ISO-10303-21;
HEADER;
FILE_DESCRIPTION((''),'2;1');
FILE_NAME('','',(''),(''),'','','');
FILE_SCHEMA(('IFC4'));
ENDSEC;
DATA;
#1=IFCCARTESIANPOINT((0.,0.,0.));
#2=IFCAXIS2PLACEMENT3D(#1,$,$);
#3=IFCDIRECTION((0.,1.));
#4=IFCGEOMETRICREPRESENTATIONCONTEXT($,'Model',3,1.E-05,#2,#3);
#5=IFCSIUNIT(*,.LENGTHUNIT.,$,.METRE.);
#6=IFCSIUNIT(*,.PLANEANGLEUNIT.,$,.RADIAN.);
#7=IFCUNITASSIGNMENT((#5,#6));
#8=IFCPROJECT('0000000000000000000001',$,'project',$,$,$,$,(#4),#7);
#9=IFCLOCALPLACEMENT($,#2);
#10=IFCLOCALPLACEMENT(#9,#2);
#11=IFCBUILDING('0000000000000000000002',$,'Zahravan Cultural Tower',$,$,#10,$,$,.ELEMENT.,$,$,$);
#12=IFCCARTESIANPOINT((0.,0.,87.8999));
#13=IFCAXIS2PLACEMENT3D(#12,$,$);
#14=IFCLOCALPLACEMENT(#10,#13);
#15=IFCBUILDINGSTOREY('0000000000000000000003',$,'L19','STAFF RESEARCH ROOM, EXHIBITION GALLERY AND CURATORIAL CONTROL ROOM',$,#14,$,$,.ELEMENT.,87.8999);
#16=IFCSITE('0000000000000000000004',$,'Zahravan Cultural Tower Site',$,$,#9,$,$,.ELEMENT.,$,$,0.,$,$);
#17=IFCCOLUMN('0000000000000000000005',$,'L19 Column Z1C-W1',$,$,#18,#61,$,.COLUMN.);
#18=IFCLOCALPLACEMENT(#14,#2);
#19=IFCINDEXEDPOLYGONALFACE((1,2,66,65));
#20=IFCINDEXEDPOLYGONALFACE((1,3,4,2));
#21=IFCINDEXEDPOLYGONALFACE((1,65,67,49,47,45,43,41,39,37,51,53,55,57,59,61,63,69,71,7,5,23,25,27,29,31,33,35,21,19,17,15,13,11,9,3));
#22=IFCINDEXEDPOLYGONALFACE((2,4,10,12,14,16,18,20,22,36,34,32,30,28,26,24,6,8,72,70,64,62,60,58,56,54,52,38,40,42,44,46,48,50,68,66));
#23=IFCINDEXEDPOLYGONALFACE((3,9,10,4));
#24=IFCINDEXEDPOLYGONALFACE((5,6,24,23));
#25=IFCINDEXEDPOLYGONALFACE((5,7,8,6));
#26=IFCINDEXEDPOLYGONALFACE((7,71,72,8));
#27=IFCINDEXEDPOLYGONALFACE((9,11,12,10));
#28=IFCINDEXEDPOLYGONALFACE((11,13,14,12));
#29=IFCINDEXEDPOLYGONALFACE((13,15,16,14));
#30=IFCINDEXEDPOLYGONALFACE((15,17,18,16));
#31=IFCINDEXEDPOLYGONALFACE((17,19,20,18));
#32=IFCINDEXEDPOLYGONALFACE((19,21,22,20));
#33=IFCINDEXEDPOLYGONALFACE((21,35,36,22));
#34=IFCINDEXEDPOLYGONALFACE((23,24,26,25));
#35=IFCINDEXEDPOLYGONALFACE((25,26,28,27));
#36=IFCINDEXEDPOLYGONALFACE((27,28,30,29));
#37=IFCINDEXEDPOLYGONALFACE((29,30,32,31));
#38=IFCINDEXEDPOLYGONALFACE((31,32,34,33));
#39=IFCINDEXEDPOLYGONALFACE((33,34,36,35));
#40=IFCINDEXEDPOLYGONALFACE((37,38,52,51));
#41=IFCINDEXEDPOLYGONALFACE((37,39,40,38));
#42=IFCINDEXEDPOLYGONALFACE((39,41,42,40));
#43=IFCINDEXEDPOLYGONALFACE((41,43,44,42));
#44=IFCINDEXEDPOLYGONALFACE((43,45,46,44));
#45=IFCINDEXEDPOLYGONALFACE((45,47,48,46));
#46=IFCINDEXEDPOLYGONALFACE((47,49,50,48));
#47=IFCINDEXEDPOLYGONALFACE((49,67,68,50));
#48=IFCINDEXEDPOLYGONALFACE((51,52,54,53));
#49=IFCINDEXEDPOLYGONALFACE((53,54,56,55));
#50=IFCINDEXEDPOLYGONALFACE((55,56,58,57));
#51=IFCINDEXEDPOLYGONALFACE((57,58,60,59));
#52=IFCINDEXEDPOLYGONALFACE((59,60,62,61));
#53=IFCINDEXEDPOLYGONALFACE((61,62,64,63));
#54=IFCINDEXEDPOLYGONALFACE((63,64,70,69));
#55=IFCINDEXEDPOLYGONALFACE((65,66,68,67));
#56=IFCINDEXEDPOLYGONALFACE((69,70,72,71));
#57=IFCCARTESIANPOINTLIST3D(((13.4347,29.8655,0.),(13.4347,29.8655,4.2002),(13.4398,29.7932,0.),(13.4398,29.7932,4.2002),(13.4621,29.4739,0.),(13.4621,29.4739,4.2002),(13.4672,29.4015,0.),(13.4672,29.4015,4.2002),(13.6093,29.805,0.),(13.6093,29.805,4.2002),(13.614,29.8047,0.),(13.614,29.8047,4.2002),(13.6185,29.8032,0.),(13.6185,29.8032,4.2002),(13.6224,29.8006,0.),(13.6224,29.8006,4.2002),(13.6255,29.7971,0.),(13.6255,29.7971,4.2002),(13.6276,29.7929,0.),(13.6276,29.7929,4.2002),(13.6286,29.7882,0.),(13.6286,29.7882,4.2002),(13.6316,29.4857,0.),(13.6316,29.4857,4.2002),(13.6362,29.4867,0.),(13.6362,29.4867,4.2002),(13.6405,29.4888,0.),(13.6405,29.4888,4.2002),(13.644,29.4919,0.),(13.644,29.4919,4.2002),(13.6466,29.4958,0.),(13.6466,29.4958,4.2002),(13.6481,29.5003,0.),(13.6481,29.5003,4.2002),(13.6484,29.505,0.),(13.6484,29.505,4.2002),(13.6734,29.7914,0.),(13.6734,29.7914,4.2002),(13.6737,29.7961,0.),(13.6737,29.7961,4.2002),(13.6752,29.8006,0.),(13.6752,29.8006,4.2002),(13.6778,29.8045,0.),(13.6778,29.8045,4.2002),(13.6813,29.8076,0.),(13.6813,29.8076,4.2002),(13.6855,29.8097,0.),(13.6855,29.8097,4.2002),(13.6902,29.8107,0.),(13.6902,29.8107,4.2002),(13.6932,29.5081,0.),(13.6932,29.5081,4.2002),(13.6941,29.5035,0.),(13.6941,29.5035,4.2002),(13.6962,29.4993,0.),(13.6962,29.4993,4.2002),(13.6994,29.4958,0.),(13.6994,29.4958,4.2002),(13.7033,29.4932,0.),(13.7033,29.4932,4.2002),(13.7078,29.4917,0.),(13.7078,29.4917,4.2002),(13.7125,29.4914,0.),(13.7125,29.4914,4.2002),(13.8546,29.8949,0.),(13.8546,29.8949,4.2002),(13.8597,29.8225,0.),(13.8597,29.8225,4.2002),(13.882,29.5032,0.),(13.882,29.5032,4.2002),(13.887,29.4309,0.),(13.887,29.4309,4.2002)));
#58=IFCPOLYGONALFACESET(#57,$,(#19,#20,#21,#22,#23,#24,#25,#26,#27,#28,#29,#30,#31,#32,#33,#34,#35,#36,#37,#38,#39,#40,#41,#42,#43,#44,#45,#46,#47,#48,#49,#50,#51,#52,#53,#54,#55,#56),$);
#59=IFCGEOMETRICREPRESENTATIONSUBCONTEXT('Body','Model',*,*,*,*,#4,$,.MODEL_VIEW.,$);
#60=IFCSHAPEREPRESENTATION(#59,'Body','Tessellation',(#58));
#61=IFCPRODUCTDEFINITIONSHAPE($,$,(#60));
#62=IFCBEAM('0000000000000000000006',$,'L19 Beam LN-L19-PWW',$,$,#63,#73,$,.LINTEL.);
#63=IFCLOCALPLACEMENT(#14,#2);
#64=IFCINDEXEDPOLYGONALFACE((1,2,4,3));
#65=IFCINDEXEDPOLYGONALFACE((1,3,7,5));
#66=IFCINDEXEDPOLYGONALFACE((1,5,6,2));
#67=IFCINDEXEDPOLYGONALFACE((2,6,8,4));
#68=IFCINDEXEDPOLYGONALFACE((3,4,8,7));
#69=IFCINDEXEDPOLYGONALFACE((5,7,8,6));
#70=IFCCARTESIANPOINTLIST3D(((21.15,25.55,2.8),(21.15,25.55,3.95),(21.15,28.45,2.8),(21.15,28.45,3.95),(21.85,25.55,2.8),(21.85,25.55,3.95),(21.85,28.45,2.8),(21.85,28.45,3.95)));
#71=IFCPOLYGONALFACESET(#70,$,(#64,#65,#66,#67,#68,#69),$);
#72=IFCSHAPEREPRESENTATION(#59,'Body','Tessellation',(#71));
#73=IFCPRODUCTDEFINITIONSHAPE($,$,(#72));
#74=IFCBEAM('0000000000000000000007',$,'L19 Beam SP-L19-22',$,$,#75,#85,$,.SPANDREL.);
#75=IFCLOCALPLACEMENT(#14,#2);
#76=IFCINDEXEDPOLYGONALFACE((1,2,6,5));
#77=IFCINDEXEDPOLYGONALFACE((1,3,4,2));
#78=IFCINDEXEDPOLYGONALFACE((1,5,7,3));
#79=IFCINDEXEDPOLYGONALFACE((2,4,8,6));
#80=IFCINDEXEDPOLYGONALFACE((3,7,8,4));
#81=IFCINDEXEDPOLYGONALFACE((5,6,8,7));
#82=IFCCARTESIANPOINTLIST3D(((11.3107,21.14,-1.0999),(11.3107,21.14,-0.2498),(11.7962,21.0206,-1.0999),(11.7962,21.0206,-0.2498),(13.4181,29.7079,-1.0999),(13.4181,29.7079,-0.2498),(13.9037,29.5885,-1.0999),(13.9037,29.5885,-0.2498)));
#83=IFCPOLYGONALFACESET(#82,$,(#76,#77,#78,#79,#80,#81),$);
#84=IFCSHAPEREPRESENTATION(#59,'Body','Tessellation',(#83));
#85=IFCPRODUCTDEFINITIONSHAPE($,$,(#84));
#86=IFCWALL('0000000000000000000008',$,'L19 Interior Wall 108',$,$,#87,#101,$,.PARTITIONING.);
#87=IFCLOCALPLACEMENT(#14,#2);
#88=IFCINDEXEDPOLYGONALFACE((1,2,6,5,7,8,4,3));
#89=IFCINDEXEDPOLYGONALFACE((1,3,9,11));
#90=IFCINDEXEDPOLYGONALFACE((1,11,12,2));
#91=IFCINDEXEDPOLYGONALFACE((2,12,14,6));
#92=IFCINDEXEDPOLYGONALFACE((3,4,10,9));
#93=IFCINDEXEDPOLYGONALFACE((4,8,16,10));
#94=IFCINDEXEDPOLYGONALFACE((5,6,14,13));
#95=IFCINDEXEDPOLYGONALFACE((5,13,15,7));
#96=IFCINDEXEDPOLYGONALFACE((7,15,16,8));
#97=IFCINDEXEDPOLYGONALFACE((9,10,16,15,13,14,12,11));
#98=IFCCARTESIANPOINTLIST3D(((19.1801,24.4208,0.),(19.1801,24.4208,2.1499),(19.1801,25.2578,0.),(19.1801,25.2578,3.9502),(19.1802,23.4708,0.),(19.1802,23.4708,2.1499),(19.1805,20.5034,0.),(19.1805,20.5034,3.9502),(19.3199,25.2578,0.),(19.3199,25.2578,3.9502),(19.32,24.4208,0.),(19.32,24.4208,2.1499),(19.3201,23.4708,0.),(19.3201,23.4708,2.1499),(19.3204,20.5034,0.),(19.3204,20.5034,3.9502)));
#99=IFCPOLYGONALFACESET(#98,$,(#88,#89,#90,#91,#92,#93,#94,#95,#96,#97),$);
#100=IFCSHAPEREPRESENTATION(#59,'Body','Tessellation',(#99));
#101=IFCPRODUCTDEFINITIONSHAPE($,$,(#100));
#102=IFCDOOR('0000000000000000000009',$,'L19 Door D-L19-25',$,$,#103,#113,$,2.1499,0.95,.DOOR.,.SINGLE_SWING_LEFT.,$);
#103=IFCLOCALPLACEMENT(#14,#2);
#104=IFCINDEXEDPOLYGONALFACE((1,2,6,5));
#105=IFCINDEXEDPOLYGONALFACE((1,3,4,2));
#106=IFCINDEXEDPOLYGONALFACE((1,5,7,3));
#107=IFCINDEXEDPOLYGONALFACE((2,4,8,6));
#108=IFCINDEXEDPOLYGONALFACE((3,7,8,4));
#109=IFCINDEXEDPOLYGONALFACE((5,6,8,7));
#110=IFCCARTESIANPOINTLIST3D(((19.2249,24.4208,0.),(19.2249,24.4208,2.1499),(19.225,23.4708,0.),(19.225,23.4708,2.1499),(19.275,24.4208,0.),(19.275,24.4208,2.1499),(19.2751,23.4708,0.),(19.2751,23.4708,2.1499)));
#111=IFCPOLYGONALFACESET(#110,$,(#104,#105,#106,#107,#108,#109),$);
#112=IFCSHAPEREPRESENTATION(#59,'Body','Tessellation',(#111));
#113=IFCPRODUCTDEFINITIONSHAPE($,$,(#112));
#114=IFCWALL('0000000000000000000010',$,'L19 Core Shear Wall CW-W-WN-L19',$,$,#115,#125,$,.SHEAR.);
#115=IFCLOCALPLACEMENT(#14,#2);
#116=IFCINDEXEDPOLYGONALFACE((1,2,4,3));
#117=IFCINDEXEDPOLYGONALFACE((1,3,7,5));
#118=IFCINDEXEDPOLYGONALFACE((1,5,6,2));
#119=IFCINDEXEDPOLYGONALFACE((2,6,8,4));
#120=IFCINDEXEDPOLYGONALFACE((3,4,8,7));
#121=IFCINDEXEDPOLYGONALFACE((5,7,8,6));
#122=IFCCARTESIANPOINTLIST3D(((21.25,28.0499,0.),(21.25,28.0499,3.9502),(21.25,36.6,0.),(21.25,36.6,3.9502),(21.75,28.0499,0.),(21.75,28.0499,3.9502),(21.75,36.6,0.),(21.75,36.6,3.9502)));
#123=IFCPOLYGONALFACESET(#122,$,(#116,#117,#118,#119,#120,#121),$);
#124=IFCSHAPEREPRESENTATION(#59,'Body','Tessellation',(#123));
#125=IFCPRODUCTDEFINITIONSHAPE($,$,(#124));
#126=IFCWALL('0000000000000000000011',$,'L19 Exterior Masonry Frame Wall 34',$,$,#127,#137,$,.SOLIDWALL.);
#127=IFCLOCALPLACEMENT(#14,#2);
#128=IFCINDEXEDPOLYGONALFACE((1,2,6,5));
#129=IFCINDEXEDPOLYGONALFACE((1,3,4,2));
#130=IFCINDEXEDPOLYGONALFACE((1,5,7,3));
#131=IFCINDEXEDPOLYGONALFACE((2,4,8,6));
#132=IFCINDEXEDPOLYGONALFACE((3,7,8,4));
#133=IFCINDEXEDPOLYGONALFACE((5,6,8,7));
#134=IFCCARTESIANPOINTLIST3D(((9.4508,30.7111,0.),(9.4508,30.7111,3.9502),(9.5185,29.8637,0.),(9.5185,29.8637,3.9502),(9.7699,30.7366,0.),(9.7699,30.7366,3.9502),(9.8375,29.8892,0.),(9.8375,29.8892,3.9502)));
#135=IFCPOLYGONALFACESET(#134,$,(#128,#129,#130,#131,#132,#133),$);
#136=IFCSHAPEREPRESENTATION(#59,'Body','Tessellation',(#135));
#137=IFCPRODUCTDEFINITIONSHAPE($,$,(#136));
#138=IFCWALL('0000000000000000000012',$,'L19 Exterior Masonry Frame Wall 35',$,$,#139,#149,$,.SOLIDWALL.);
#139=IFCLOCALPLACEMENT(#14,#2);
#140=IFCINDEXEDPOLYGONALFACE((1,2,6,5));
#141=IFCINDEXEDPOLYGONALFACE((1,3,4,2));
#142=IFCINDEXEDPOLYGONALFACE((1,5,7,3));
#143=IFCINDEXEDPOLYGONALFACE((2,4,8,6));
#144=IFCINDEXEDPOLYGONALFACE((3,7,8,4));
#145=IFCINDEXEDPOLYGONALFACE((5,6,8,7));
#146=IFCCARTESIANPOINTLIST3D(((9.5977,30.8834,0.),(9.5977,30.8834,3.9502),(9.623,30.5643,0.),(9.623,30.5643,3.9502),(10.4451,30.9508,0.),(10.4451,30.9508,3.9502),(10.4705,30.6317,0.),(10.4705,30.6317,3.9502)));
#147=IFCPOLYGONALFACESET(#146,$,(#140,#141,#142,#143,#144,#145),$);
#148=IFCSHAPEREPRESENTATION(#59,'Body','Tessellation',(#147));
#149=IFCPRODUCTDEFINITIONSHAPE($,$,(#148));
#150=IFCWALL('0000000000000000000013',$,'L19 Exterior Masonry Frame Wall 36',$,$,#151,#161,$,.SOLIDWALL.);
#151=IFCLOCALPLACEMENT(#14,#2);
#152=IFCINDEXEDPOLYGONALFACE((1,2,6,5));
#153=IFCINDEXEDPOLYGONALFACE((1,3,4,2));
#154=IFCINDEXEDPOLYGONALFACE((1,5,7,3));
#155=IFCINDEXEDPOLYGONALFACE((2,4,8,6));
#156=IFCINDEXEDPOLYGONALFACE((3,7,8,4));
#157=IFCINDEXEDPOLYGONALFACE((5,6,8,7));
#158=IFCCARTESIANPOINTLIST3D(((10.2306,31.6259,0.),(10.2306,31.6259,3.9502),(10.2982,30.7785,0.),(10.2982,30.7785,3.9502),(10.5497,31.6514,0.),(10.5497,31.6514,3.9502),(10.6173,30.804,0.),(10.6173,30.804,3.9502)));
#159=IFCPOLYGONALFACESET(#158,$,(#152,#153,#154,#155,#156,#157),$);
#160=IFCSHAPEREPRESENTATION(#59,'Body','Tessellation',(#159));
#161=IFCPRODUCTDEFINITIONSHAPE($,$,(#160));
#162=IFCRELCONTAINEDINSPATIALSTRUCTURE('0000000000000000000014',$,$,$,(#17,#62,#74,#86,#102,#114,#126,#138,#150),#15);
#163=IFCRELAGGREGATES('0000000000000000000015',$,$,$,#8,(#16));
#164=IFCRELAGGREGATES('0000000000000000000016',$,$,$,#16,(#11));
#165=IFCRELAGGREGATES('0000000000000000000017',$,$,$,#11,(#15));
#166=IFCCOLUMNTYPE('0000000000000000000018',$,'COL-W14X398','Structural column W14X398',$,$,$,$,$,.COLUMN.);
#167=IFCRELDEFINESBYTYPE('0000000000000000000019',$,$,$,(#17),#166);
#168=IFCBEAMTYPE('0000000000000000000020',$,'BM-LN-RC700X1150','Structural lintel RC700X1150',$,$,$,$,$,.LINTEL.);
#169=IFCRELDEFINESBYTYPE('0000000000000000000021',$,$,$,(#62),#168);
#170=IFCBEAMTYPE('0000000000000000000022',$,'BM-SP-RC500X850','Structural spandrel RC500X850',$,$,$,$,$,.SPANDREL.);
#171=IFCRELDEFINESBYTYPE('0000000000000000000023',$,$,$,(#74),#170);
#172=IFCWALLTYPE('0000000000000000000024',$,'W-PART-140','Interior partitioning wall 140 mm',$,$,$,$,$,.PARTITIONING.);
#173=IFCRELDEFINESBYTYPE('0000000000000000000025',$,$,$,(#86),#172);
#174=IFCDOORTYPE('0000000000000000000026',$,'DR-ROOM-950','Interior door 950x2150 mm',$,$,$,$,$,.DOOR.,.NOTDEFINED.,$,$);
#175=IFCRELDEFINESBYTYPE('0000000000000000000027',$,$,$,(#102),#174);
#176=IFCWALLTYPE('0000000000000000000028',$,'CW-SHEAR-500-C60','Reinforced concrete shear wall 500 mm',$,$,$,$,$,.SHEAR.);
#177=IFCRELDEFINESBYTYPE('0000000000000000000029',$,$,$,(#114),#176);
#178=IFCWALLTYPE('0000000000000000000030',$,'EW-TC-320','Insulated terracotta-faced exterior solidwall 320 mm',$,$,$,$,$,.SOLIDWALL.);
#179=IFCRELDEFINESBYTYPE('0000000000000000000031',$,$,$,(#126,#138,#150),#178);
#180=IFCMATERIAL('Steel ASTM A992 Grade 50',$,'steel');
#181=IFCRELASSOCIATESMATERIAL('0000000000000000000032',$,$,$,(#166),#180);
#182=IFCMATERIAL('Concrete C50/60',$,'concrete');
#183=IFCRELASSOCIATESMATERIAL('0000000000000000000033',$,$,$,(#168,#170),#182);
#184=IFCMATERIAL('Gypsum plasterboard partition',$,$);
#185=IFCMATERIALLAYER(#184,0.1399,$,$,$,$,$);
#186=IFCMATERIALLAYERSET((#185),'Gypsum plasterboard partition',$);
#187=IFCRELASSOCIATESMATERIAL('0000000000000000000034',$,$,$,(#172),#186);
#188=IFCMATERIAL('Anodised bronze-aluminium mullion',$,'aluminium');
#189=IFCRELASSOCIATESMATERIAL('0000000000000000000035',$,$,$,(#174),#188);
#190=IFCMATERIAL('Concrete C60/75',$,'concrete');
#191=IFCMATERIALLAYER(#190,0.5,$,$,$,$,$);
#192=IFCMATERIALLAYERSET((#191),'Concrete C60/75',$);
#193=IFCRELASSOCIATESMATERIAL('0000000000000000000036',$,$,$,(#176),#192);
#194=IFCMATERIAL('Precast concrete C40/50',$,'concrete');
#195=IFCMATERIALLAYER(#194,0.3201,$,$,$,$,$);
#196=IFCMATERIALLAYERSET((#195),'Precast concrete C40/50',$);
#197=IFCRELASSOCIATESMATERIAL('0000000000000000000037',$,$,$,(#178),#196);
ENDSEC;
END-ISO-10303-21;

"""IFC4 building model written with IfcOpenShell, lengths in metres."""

from ifc_helpers import new_model, si_unit, direction, frame, frame_2d, origin, origin_2d, place, context, subcontext, project, spatial, rectangle, i_section, extrude, source, transform, mapped, material, layer, layer_set, material_profile, profile_set, type_object, element, fill, save


model = new_model("IFC4")

# Units and contexts
model_context = context("Model", 3, precision=1e-05, world=origin(), true_north=direction((0.0, 1.0)))
body_context = subcontext(model_context, "Body", "Model", "MODEL_VIEW")
ifc_project = project(units=[si_unit("LENGTHUNIT", "METRE"), si_unit("PLANEANGLEUNIT", "RADIAN")], contexts=[model_context])

# Site, building, storey
site_placement = place(None, origin())
site = spatial("IfcSite", under=ifc_project, at=site_placement, Name="Zahravan Cultural Tower Site", CompositionType="ELEMENT", RefElevation=0.0)
building_placement = place(site_placement, origin())
building = spatial("IfcBuilding", under=site, at=building_placement, Name="Zahravan Cultural Tower", CompositionType="ELEMENT")
storey_placement = place(building_placement, frame((0.0, 0.0, 87.8999)))
storey = spatial("IfcBuildingStorey", under=building, at=storey_placement, Name="L19", Description="STAFF RESEARCH ROOM, EXHIBITION GALLERY AND CURATORIAL CONTROL ROOM", CompositionType="ELEMENT", Elevation=87.8999)

# Column
ifc_material_1 = material(Name="Steel ASTM A992 Grade 50", Category="steel")
ifc_material_profile_1 = material_profile(ifc_material_1, i_section(OverallWidth=0.4209, OverallDepth=0.4651, WebThickness=0.0449, FlangeThickness=0.0725, FilletRadius=0.0181, at=origin_2d()), Name="W14X398")
ifc_profile_set_1 = profile_set([ifc_material_profile_1], Name="Steel ASTM A992 Grade 50")
column_type = type_object("IfcColumnType", Name="COL-W14X398", Description="Structural column W14X398", PredefinedType="COLUMN", material=ifc_profile_set_1)
shared_shape_1 = source(origin(), body_context, "Body", "SweptSolid", [
    extrude(i_section(OverallWidth=0.4209, OverallDepth=0.4651, WebThickness=0.0449, FlangeThickness=0.0725, FilletRadius=0.0181, at=origin_2d()), origin(), (0.0, 0.0, 1.0), 4.2002),
])
column_placement = place(storey_placement, frame((13.6609, 29.6482, 0.0), z_axis=(0.0, 0.0, 1.0), x_axis=(0.997564, 0.069756, 0.0)))
element("IfcColumn", 1, at=column_placement, inside=storey, type_object=column_type, Name="L19 Column Z1C-W1", PredefinedType="COLUMN", context=body_context, shape_type="MappedRepresentation", body=[
    mapped(shared_shape_1, transform((0.0, 0.0, 0.0), x_axis=(1.0, 0.0, 0.0), y_axis=(0.0, 1.0, 0.0), z_axis=(0.0, 0.0, 1.0), scale=1.0)),
])

# Beams
ifc_material_2 = material(Name="Concrete C50/60", Category="concrete")
ifc_material_profile_2 = material_profile(ifc_material_2, rectangle(XDim=0.7, YDim=1.1499, at=origin_2d()), Name="RC700X1150")
ifc_profile_set_2 = profile_set([ifc_material_profile_2], Name="Concrete C50/60")
beam_type_1 = type_object("IfcBeamType", Name="BM-LN-RC700X1150", Description="Structural lintel RC700X1150", PredefinedType="LINTEL", material=ifc_profile_set_2)
shared_shape_2 = source(origin(), body_context, "Body", "SweptSolid", [
    extrude(rectangle(XDim=0.7, YDim=1.1499, at=origin_2d()), origin(), (0.0, 0.0, 1.0), 2.8999),
])
beam_1_placement = place(storey_placement, frame((21.5, 25.55, 3.375), z_axis=(0.0, 1.0, 0.0), x_axis=(-1.0, 0.0, 0.0)))
element("IfcBeam", 2, at=beam_1_placement, inside=storey, type_object=beam_type_1, Name="L19 Beam LN-L19-PWW", PredefinedType="LINTEL", context=body_context, shape_type="MappedRepresentation", body=[
    mapped(shared_shape_2, transform((0.0, 0.0, 0.0), x_axis=(1.0, 0.0, 0.0), y_axis=(0.0, 1.0, 0.0), z_axis=(0.0, 0.0, 1.0), scale=1.0)),
])
ifc_material_profile_3 = material_profile(ifc_material_2, rectangle(XDim=0.5, YDim=0.8501, at=origin_2d()), Name="RC500X850")
ifc_profile_set_3 = profile_set([ifc_material_profile_3], Name="Concrete C50/60")
beam_type_2 = type_object("IfcBeamType", Name="BM-SP-RC500X850", Description="Structural spandrel RC500X850", PredefinedType="SPANDREL", material=ifc_profile_set_3)
shared_shape_3 = source(origin(), body_context, "Body", "SweptSolid", [
    extrude(rectangle(XDim=0.5, YDim=0.8501, at=origin_2d()), origin(), (0.0, 0.0, 1.0), 8.8232),
])
beam_2_placement = place(storey_placement, frame((13.6609, 29.6482, -0.6748), z_axis=(-0.238849, -0.971057, 0.0), x_axis=(0.971057, -0.238849, 0.0)))
element("IfcBeam", 3, at=beam_2_placement, inside=storey, type_object=beam_type_2, Name="L19 Beam SP-L19-22", PredefinedType="SPANDREL", context=body_context, shape_type="MappedRepresentation", body=[
    mapped(shared_shape_3, transform((0.0, 0.0, 0.0), x_axis=(1.0, 0.0, 0.0), y_axis=(0.0, 1.0, 0.0), z_axis=(0.0, 0.0, 1.0), scale=1.0)),
])

# Wall, opening, door
ifc_material_3 = material(Name="Gypsum plasterboard partition")
ifc_layer_1 = layer(ifc_material_3, 0.1399)
ifc_layer_set_1 = layer_set([ifc_layer_1], Name="Gypsum plasterboard partition")
wall_type_1 = type_object("IfcWallType", Name="W-PART-140", Description="Interior partitioning wall 140 mm", PredefinedType="PARTITIONING", material=ifc_layer_set_1)
wall_1_placement = place(storey_placement, frame((19.25, 25.2578, 0.0), z_axis=(0.0, 0.0, 1.0), x_axis=(0.000103, -1.0, 0.0)))
wall_1 = element("IfcWall", 4, at=wall_1_placement, inside=storey, type_object=wall_type_1, Name="L19 Interior Wall 108", PredefinedType="PARTITIONING", context=body_context, shape_type="SweptSolid", body=[
    extrude(rectangle(XDim=4.7544, YDim=0.1399, at=frame_2d((2.3772, 0.0))), origin(), (0.0, 0.0, 1.0), 3.9502),
])
opening_placement = place(wall_1_placement, frame((0.8369, 0.0, 0.0)))
opening = element("IfcOpeningElement", 5, at=opening_placement, cuts=wall_1, PredefinedType="OPENING", context=body_context, shape_type="SweptSolid", body=[
    extrude(rectangle(XDim=0.95, YDim=2.1499, at=frame_2d((0.4751, 1.075))), frame((0.0, 0.0798, 0.0), z_axis=(0.0, -1.0, 0.0), x_axis=(1.0, 0.0, 0.0)), (0.0, 0.0, 1.0), 0.1599),
])
ifc_material_4 = material(Name="Anodised bronze-aluminium mullion", Category="aluminium")
door_type = type_object("IfcDoorType", Name="DR-ROOM-950", Description="Interior door 950x2150 mm", OperationType="NOTDEFINED", PredefinedType="DOOR", material=ifc_material_4)
shared_shape_4 = source(origin(), body_context, "Body", "SweptSolid", [
    extrude(rectangle(XDim=0.95, YDim=2.1499, at=frame_2d((0.4751, 1.075))), frame((0.0, 0.0249, 0.0), z_axis=(0.0, -1.0, 0.0), x_axis=(1.0, 0.0, 0.0)), (0.0, 0.0, 1.0), 0.05),
])
door_placement = place(opening_placement, origin())
door = element("IfcDoor", 6, at=door_placement, inside=storey, type_object=door_type, Name="L19 Door D-L19-25", OperationType="SINGLE_SWING_LEFT", OverallHeight=2.1499, OverallWidth=0.95, PredefinedType="DOOR", context=body_context, shape_type="MappedRepresentation", body=[
    mapped(shared_shape_4, transform((0.0, 0.0, 0.0), x_axis=(1.0, 0.0, 0.0), y_axis=(0.0, 1.0, 0.0), z_axis=(0.0, 0.0, 1.0), scale=1.0)),
])
fill(opening, door)

# Walls
ifc_material_5 = material(Name="Concrete C60/75", Category="concrete")
ifc_layer_2 = layer(ifc_material_5, 0.5)
ifc_layer_set_2 = layer_set([ifc_layer_2], Name="Concrete C60/75")
wall_type_2 = type_object("IfcWallType", Name="CW-SHEAR-500-C60", Description="Reinforced concrete shear wall 500 mm", PredefinedType="SHEAR", material=ifc_layer_set_2)
shared_shape_5 = source(origin(), body_context, "Body", "SweptSolid", [
    extrude(rectangle(XDim=8.55, YDim=0.5, at=frame_2d((4.2749, 0.0))), origin(), (0.0, 0.0, 1.0), 3.9502),
])
wall_2_placement = place(storey_placement, frame((21.5, 28.05, 0.0), z_axis=(0.0, 0.0, 1.0), x_axis=(0.0, 1.0, 0.0)))
element("IfcWall", 7, at=wall_2_placement, inside=storey, type_object=wall_type_2, Name="L19 Core Shear Wall CW-W-WN-L19", PredefinedType="SHEAR", context=body_context, shape_type="MappedRepresentation", body=[
    mapped(shared_shape_5, transform((0.0, 0.0, 0.0), x_axis=(1.0, 0.0, 0.0), y_axis=(0.0, 1.0, 0.0), z_axis=(0.0, 0.0, 1.0), scale=1.0)),
])
ifc_material_6 = material(Name="Precast concrete C40/50", Category="concrete")
ifc_layer_3 = layer(ifc_material_6, 0.3201)
ifc_layer_set_3 = layer_set([ifc_layer_3], Name="Precast concrete C40/50")
wall_type_3 = type_object("IfcWallType", Name="EW-TC-320", Description="Insulated terracotta-faced exterior solidwall 320 mm", PredefinedType="SOLIDWALL", material=ifc_layer_set_3)
shared_shape_6 = source(origin(), body_context, "Body", "SweptSolid", [
    extrude(rectangle(XDim=0.8501, YDim=0.3201, at=frame_2d((0.425, 0.0))), origin(), (0.0, 0.0, 1.0), 3.9502),
])
for number, where, z_axis, x_axis, name in (
    (8, (9.678, 29.8765, 0.0), (0.0, 0.0, 1.0), (-0.079551, 0.996831, 0.0), "L19 Exterior Masonry Frame Wall 34"),
    (9, (9.6104, 30.7239, 0.0), (0.0, 0.0, 1.0), (0.996854, 0.079266, 0.0), "L19 Exterior Masonry Frame Wall 35"),
    (10, (10.4578, 30.7913, 0.0), (0.0, 0.0, 1.0), (-0.079551, 0.996831, 0.0), "L19 Exterior Masonry Frame Wall 36"),
):
    element("IfcWall", number, at=place(storey_placement, frame(where, z_axis=z_axis, x_axis=x_axis)), inside=storey, type_object=wall_type_3, Name=name, PredefinedType="SOLIDWALL", context=body_context, shape_type="MappedRepresentation", body=[
        mapped(shared_shape_6, transform((0.0, 0.0, 0.0), x_axis=(1.0, 0.0, 0.0), y_axis=(0.0, 1.0, 0.0), z_axis=(0.0, 0.0, 1.0), scale=1.0)),
    ])

save(model, "model.ifc")
